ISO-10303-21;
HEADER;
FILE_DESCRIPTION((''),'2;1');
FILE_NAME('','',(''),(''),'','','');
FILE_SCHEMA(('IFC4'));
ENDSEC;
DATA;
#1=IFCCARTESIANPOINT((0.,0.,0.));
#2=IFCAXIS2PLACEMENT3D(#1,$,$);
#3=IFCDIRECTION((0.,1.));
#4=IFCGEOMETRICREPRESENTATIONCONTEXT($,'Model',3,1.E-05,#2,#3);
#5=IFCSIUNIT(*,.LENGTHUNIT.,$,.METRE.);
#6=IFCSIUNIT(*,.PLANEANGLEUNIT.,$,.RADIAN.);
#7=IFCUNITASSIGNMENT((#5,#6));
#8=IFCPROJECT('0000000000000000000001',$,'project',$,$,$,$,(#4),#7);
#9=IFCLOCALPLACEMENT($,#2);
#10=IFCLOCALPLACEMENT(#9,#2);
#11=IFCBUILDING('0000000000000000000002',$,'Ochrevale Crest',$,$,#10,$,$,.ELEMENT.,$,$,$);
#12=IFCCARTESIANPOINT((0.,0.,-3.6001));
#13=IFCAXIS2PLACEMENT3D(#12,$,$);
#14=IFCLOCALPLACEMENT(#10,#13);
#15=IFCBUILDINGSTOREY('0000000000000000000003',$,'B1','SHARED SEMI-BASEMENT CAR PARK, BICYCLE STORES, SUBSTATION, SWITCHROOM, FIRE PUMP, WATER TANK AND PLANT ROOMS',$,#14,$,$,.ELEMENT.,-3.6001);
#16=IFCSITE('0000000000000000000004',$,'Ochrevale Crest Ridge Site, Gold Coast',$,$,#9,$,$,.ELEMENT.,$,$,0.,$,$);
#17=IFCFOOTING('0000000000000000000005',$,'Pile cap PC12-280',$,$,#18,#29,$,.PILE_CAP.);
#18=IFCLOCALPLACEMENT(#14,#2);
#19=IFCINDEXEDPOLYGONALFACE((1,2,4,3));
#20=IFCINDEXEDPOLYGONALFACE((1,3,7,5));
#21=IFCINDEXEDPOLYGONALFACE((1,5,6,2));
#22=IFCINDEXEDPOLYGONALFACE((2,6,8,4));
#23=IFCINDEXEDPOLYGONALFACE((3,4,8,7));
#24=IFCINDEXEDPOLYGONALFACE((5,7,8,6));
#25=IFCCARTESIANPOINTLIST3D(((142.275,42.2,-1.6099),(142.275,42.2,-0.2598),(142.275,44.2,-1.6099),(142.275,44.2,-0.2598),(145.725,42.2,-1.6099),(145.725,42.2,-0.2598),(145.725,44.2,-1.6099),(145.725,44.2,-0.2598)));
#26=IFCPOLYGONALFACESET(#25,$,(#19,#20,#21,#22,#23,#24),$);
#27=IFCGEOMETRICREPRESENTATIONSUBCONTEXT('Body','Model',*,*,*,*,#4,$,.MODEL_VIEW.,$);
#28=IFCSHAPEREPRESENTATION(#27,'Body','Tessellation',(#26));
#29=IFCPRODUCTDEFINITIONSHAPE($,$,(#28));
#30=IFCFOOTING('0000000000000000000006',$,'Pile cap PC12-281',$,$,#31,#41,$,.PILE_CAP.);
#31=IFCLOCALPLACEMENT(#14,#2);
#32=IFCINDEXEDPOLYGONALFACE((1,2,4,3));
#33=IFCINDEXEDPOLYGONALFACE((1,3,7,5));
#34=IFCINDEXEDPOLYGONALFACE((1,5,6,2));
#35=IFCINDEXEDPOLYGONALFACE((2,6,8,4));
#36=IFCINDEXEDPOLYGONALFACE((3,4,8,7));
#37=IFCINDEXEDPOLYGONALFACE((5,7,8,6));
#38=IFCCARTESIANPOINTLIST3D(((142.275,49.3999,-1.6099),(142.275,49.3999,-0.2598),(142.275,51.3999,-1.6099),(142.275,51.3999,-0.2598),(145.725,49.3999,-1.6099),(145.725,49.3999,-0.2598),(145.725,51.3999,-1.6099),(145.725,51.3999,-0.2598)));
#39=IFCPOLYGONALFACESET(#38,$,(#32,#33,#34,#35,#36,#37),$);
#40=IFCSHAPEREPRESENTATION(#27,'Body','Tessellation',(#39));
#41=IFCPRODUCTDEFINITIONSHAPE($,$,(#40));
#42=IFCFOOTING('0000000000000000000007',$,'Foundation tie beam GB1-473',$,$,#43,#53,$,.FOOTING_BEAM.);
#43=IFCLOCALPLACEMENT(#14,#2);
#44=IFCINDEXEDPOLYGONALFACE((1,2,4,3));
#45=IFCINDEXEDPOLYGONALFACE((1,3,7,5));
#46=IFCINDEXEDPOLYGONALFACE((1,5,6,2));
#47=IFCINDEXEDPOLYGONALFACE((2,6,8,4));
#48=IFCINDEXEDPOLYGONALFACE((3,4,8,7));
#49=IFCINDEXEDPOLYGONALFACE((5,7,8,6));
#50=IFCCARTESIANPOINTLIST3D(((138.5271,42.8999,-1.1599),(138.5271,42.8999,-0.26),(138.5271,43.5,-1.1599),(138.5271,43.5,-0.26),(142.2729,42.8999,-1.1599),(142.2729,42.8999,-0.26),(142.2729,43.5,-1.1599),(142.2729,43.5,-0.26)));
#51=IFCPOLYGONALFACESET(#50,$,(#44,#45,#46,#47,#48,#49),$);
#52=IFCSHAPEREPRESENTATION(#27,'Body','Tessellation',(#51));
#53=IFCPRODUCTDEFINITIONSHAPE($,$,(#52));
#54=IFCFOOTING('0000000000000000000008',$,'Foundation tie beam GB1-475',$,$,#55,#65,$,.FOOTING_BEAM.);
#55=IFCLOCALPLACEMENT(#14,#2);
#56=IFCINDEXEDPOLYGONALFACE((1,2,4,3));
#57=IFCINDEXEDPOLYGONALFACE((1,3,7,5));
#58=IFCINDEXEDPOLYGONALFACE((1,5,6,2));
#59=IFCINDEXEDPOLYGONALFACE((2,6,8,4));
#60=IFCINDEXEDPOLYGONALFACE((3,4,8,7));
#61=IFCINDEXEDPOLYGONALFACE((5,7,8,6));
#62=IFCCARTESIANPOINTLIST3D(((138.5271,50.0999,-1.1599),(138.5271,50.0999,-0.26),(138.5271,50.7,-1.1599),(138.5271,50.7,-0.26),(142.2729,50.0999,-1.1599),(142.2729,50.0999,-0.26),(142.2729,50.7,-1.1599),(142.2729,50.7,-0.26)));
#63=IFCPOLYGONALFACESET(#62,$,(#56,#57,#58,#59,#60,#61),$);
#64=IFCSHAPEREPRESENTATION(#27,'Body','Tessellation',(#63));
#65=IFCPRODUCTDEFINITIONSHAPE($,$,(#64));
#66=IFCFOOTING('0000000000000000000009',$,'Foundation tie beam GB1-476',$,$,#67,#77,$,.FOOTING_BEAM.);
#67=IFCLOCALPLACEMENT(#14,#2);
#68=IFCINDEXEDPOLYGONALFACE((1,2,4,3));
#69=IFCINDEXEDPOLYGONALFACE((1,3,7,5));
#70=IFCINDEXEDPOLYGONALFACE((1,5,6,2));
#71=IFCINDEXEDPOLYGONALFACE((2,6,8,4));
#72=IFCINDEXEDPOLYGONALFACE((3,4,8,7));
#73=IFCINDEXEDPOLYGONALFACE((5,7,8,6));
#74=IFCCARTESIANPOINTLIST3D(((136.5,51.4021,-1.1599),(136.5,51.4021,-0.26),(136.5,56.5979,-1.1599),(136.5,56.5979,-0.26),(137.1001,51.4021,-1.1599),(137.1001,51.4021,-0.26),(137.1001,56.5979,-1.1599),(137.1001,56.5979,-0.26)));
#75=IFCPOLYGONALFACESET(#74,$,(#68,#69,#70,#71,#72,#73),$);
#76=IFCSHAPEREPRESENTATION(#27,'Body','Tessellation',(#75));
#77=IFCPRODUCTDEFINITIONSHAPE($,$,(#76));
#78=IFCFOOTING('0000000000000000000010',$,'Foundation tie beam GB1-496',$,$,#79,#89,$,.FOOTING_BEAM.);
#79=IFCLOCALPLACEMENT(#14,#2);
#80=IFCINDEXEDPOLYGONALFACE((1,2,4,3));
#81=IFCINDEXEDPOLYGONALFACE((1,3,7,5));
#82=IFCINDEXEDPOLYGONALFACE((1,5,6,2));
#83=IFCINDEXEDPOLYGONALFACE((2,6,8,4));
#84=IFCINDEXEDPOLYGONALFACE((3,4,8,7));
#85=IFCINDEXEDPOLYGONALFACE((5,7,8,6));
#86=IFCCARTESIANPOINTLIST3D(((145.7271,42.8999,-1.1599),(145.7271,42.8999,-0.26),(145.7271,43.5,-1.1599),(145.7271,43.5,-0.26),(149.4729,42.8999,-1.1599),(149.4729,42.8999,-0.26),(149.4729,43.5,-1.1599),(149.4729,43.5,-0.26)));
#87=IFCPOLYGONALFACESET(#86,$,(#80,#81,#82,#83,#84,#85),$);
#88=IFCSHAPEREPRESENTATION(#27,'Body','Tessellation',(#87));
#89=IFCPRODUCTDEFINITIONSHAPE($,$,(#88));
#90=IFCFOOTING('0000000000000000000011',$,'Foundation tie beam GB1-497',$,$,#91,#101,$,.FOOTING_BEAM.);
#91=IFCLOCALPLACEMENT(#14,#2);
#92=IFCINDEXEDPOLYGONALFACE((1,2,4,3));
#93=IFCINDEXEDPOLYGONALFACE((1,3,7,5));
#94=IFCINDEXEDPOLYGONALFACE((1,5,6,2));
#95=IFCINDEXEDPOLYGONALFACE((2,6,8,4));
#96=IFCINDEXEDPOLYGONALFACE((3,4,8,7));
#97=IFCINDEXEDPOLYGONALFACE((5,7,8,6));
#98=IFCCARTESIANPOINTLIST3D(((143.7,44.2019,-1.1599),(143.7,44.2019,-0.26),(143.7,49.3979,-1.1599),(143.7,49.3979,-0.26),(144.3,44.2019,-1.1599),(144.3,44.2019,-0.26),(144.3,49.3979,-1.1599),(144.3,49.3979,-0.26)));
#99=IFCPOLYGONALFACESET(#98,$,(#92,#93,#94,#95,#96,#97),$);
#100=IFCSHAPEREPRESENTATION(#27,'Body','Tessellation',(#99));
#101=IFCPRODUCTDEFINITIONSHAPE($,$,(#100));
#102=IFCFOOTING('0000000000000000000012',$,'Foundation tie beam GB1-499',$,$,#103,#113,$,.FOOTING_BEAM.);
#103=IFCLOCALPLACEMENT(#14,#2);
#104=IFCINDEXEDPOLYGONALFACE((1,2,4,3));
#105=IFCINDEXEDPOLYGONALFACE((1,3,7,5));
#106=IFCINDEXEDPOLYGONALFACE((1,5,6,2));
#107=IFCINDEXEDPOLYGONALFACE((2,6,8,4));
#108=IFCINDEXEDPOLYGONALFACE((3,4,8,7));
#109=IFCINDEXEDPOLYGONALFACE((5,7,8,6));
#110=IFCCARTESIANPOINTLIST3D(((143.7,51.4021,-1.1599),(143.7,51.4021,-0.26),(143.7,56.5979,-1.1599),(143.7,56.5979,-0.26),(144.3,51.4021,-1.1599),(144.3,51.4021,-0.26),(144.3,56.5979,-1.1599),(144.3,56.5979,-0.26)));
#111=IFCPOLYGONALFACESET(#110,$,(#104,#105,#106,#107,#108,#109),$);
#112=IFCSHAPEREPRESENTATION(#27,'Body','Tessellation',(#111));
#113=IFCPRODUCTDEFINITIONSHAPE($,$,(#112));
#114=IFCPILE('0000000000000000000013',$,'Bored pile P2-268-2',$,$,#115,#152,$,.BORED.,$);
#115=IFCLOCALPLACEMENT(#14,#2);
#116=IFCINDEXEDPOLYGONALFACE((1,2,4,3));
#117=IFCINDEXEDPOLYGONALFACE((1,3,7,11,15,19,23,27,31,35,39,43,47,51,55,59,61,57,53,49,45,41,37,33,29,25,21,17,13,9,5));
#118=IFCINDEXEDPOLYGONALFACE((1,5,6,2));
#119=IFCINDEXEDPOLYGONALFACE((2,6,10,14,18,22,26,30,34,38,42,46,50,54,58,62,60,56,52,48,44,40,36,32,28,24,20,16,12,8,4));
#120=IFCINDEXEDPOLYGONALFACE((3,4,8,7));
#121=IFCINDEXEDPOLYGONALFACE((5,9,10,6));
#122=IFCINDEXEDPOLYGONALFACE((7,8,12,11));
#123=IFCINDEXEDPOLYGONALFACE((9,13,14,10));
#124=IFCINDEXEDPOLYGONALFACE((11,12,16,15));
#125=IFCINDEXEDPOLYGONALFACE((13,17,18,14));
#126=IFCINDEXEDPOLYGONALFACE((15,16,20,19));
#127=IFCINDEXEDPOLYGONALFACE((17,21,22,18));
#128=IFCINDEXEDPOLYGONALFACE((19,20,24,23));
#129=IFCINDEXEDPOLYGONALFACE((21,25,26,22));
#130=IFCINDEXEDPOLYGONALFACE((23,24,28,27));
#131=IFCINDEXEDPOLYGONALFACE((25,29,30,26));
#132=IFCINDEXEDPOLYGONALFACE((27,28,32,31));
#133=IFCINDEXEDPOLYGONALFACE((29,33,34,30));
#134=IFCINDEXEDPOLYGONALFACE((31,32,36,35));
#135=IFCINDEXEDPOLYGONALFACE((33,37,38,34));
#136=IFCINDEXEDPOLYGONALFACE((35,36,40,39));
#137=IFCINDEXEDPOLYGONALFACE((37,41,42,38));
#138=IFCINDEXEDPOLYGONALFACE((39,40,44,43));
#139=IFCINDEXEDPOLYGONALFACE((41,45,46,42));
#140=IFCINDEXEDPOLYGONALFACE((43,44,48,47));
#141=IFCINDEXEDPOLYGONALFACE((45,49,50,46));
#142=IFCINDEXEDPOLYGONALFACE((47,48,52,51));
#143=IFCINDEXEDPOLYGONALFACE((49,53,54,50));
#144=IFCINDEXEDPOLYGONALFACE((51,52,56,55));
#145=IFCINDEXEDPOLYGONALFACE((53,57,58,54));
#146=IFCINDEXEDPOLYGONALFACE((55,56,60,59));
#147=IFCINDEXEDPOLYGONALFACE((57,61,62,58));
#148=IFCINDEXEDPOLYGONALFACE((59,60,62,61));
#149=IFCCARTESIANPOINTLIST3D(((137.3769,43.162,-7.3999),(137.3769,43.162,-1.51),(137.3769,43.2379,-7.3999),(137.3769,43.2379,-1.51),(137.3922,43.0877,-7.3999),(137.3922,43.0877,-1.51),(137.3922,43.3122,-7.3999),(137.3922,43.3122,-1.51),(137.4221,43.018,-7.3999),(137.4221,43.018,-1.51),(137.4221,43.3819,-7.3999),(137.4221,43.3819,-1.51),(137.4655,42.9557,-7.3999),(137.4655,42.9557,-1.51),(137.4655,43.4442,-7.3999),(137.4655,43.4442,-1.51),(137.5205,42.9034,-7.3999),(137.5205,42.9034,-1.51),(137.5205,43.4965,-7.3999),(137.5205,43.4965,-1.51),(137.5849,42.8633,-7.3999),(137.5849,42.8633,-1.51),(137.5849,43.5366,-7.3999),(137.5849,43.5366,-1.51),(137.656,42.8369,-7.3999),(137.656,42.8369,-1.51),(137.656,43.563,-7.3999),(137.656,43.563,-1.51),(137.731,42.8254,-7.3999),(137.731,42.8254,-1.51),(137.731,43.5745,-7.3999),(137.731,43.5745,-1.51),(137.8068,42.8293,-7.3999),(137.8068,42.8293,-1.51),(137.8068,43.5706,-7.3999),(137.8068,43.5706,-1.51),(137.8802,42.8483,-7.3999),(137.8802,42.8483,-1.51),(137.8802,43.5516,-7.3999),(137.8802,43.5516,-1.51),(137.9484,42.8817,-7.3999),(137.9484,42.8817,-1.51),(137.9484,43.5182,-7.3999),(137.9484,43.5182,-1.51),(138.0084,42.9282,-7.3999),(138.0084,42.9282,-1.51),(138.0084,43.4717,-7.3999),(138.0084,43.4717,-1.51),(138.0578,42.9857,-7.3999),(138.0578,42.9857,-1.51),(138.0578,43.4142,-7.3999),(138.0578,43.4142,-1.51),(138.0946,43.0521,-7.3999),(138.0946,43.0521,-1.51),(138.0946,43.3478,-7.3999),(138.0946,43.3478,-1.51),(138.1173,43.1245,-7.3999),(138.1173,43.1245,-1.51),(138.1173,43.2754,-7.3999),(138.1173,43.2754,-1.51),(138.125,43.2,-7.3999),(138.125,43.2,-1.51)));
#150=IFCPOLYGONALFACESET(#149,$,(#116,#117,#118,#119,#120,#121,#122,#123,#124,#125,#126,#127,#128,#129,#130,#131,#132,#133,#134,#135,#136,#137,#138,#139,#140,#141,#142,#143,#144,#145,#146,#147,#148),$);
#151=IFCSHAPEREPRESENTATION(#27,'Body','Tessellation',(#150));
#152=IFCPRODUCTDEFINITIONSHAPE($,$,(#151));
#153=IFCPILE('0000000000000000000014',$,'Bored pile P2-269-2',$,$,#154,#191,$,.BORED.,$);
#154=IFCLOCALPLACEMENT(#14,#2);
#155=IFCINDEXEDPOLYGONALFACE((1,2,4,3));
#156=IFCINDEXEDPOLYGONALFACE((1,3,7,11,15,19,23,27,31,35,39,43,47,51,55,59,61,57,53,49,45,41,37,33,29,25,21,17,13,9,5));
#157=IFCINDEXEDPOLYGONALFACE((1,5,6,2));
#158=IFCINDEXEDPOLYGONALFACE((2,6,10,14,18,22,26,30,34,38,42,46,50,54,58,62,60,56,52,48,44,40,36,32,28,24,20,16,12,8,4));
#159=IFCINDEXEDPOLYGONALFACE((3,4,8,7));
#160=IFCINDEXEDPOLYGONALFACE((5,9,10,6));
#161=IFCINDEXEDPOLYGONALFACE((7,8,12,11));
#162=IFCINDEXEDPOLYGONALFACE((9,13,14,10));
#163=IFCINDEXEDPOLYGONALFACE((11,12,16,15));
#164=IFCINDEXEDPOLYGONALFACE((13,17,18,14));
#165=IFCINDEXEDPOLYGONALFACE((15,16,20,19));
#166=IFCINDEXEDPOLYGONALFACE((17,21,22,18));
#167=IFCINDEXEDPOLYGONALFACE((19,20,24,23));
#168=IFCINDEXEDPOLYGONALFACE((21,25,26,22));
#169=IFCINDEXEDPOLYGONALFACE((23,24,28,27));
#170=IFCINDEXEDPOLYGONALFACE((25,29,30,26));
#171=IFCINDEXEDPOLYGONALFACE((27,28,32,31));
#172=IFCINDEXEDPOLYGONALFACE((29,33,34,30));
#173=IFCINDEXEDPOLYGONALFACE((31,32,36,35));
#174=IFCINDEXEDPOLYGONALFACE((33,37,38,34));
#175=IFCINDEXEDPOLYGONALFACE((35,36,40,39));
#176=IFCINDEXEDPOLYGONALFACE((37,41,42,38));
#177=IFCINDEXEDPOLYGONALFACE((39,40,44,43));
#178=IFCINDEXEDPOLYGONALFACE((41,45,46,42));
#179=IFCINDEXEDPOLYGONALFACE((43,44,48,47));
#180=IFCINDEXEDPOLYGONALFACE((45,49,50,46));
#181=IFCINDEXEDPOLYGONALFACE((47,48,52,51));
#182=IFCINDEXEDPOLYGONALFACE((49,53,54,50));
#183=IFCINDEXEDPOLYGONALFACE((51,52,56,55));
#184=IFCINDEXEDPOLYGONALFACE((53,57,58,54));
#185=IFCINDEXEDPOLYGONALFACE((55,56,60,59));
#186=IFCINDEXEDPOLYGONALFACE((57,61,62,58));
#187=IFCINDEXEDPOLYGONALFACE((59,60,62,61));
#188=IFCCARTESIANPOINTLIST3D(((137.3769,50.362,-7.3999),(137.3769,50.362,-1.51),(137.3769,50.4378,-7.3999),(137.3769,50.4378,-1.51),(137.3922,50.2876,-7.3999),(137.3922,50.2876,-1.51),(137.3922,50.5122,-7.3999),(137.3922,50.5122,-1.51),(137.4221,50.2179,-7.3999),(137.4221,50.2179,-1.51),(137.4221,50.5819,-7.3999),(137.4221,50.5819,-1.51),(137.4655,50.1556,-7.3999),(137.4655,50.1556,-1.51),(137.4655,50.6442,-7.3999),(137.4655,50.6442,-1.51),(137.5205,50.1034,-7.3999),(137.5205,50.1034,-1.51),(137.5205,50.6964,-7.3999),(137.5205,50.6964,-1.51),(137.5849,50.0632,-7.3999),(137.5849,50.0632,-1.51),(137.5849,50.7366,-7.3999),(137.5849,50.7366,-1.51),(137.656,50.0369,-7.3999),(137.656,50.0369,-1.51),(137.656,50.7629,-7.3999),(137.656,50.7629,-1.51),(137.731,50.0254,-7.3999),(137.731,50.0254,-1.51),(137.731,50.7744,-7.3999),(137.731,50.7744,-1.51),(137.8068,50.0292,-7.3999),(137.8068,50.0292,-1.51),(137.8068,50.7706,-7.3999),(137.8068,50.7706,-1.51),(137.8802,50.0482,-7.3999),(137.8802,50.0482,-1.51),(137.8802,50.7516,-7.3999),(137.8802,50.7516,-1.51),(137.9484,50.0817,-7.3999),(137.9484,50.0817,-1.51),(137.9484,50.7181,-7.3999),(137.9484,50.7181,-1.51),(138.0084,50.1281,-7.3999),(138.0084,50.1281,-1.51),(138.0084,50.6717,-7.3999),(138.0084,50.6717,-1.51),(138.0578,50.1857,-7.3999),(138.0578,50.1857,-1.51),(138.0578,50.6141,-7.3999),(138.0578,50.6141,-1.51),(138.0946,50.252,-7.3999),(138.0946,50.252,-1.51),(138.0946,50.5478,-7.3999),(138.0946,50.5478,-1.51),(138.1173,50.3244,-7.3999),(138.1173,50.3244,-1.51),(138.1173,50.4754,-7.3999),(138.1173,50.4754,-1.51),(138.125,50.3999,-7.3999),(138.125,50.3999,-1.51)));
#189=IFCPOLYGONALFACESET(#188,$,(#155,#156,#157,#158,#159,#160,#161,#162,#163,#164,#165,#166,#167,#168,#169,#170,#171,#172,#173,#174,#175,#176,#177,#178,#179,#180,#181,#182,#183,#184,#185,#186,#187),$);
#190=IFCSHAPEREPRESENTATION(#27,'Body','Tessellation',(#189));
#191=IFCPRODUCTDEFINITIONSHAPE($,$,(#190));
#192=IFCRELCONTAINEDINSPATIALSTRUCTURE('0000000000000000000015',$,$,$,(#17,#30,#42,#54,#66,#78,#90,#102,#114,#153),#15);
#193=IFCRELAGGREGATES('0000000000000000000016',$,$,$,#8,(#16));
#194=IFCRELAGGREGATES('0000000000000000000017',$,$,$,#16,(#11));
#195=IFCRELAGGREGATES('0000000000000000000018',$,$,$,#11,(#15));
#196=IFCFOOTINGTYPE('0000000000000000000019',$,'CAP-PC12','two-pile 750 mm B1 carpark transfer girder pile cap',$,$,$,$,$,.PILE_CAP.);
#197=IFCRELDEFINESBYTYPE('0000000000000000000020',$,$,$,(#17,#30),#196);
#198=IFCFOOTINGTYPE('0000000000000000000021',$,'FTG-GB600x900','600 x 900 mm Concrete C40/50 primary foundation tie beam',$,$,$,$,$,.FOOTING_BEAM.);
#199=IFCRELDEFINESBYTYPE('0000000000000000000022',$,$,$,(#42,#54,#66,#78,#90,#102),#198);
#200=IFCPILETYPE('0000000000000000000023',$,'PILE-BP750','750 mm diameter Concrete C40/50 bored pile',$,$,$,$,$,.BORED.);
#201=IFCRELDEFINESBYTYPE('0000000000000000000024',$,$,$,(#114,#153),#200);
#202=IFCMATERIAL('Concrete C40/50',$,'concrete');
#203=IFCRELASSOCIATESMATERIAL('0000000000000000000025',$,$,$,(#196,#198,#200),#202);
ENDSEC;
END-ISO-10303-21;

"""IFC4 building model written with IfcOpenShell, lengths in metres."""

from ifc_helpers import new_model, si_unit, direction, frame, origin, origin_2d, place, context, subcontext, project, spatial, rectangle, circle, extrude, material, material_profile, profile_set, type_object, element, save


model = new_model("IFC4")

# Units and contexts
model_context = context("Model", 3, precision=1e-05, world=origin(), true_north=direction((0.0, 1.0)))
body_context = subcontext(model_context, "Body", "Model", "MODEL_VIEW")
ifc_project = project(units=[si_unit("LENGTHUNIT", "METRE"), si_unit("PLANEANGLEUNIT", "RADIAN")], contexts=[model_context])

# Site, building, storey
site_placement = place(None, origin())
site = spatial("IfcSite", under=ifc_project, at=site_placement, Name="Ochrevale Crest Ridge Site, Gold Coast", CompositionType="ELEMENT", RefElevation=0.0)
building_placement = place(site_placement, origin())
building = spatial("IfcBuilding", under=site, at=building_placement, Name="Ochrevale Crest", CompositionType="ELEMENT")
storey_placement = place(building_placement, frame((0.0, 0.0, -3.6001)))
storey = spatial("IfcBuildingStorey", under=building, at=storey_placement, Name="B1", Description="SHARED SEMI-BASEMENT CAR PARK, BICYCLE STORES, SUBSTATION, SWITCHROOM, FIRE PUMP, WATER TANK AND PLANT ROOMS", CompositionType="ELEMENT", Elevation=-3.6001)

# Footings
ifc_material_1 = material(Name="Concrete C40/50", Category="concrete")
footing_type_1 = type_object("IfcFootingType", Name="CAP-PC12", Description="two-pile 750 mm B1 carpark transfer girder pile cap", PredefinedType="PILE_CAP", material=ifc_material_1)
for number, where, z_axis, x_axis, name in (
    (1, (144.0, 43.2, -1.6099), (0.0, 0.0, 1.0), (1.0, 0.0, 0.0), "Pile cap PC12-280"),
    (2, (144.0, 50.3999, -1.6099), (0.0, 0.0, 1.0), (1.0, 0.0, 0.0), "Pile cap PC12-281"),
):
    element("IfcFooting", number, at=place(storey_placement, frame(where, z_axis=z_axis, x_axis=x_axis)), inside=storey, type_object=footing_type_1, Name=name, PredefinedType="PILE_CAP", context=body_context, shape_type="SweptSolid", body=[
        extrude(rectangle(XDim=3.45, YDim=2.0, at=origin_2d()), origin(), (0.0, 0.0, 1.0), 1.3501),
    ])
ifc_material_profile_1 = material_profile(ifc_material_1, rectangle(XDim=0.6001, YDim=0.8999, at=origin_2d()), Name="GB 600x900")
ifc_profile_set_1 = profile_set([ifc_material_profile_1], Name="Concrete C40/50")
footing_type_2 = type_object("IfcFootingType", Name="FTG-GB600x900", Description="600 x 900 mm Concrete C40/50 primary foundation tie beam", PredefinedType="FOOTING_BEAM", material=ifc_profile_set_1)
for number, where, z_axis, x_axis, name in (
    (3, (138.5271, 43.2, -0.71), (1.0, 0.0, 0.0), (0.0, 1.0, 0.0), "Foundation tie beam GB1-473"),
    (4, (138.5271, 50.3999, -0.71), (1.0, 0.0, 0.0), (0.0, 1.0, 0.0), "Foundation tie beam GB1-475"),
):
    element("IfcFooting", number, at=place(storey_placement, frame(where, z_axis=z_axis, x_axis=x_axis)), inside=storey, type_object=footing_type_2, Name=name, PredefinedType="FOOTING_BEAM", context=body_context, shape_type="SweptSolid", body=[
        extrude(rectangle(XDim=0.6001, YDim=0.8999, at=origin_2d()), origin(), (0.0, 0.0, 1.0), 3.7458),
    ])
footing_1_placement = place(storey_placement, frame((136.8, 51.4021, -0.71), z_axis=(0.0, 1.0, 0.0), x_axis=(-1.0, 0.0, 0.0)))
element("IfcFooting", 5, at=footing_1_placement, inside=storey, type_object=footing_type_2, Name="Foundation tie beam GB1-476", PredefinedType="FOOTING_BEAM", context=body_context, shape_type="SweptSolid", body=[
    extrude(rectangle(XDim=0.6001, YDim=0.8999, at=origin_2d()), origin(), (0.0, 0.0, 1.0), 5.1958),
])
footing_2_placement = place(storey_placement, frame((145.7271, 43.2, -0.71), z_axis=(1.0, 0.0, 0.0), x_axis=(0.0, 1.0, 0.0)))
element("IfcFooting", 6, at=footing_2_placement, inside=storey, type_object=footing_type_2, Name="Foundation tie beam GB1-496", PredefinedType="FOOTING_BEAM", context=body_context, shape_type="SweptSolid", body=[
    extrude(rectangle(XDim=0.6001, YDim=0.8999, at=origin_2d()), origin(), (0.0, 0.0, 1.0), 3.7458),
])
footing_3_placement = place(storey_placement, frame((144.0, 44.2019, -0.71), z_axis=(0.0, 1.0, 0.0), x_axis=(-1.0, 0.0, 0.0)))
element("IfcFooting", 7, at=footing_3_placement, inside=storey, type_object=footing_type_2, Name="Foundation tie beam GB1-497", PredefinedType="FOOTING_BEAM", context=body_context, shape_type="SweptSolid", body=[
    extrude(rectangle(XDim=0.6001, YDim=0.8999, at=origin_2d()), origin(), (0.0, 0.0, 1.0), 5.196),
])
footing_4_placement = place(storey_placement, frame((144.0, 51.4021, -0.71), z_axis=(0.0, 1.0, 0.0), x_axis=(-1.0, 0.0, 0.0)))
element("IfcFooting", 8, at=footing_4_placement, inside=storey, type_object=footing_type_2, Name="Foundation tie beam GB1-499", PredefinedType="FOOTING_BEAM", context=body_context, shape_type="SweptSolid", body=[
    extrude(rectangle(XDim=0.6001, YDim=0.8999, at=origin_2d()), origin(), (0.0, 0.0, 1.0), 5.1958),
])

# Piles
ifc_material_profile_2 = material_profile(ifc_material_1, circle(Radius=0.375, at=origin_2d()), Name="BORED PILE 750")
ifc_profile_set_2 = profile_set([ifc_material_profile_2], Name="Concrete C40/50")
pile_type = type_object("IfcPileType", Name="PILE-BP750", Description="750 mm diameter Concrete C40/50 bored pile", PredefinedType="BORED", material=ifc_profile_set_2)
for number, where, z_axis, x_axis, name in (
    (9, (137.75, 43.2, -1.51), (0.0, 0.0, -1.0), (1.0, 0.0, 0.0), "Bored pile P2-268-2"),
    (10, (137.75, 50.3999, -1.51), (0.0, 0.0, -1.0), (1.0, 0.0, 0.0), "Bored pile P2-269-2"),
):
    element("IfcPile", number, at=place(storey_placement, frame(where, z_axis=z_axis, x_axis=x_axis)), inside=storey, type_object=pile_type, Name=name, PredefinedType="BORED", context=body_context, shape_type="SweptSolid", body=[
        extrude(circle(Radius=0.375, at=origin_2d()), origin(), (0.0, 0.0, 1.0), 5.8899),
    ])

save(model, "model.ifc")
